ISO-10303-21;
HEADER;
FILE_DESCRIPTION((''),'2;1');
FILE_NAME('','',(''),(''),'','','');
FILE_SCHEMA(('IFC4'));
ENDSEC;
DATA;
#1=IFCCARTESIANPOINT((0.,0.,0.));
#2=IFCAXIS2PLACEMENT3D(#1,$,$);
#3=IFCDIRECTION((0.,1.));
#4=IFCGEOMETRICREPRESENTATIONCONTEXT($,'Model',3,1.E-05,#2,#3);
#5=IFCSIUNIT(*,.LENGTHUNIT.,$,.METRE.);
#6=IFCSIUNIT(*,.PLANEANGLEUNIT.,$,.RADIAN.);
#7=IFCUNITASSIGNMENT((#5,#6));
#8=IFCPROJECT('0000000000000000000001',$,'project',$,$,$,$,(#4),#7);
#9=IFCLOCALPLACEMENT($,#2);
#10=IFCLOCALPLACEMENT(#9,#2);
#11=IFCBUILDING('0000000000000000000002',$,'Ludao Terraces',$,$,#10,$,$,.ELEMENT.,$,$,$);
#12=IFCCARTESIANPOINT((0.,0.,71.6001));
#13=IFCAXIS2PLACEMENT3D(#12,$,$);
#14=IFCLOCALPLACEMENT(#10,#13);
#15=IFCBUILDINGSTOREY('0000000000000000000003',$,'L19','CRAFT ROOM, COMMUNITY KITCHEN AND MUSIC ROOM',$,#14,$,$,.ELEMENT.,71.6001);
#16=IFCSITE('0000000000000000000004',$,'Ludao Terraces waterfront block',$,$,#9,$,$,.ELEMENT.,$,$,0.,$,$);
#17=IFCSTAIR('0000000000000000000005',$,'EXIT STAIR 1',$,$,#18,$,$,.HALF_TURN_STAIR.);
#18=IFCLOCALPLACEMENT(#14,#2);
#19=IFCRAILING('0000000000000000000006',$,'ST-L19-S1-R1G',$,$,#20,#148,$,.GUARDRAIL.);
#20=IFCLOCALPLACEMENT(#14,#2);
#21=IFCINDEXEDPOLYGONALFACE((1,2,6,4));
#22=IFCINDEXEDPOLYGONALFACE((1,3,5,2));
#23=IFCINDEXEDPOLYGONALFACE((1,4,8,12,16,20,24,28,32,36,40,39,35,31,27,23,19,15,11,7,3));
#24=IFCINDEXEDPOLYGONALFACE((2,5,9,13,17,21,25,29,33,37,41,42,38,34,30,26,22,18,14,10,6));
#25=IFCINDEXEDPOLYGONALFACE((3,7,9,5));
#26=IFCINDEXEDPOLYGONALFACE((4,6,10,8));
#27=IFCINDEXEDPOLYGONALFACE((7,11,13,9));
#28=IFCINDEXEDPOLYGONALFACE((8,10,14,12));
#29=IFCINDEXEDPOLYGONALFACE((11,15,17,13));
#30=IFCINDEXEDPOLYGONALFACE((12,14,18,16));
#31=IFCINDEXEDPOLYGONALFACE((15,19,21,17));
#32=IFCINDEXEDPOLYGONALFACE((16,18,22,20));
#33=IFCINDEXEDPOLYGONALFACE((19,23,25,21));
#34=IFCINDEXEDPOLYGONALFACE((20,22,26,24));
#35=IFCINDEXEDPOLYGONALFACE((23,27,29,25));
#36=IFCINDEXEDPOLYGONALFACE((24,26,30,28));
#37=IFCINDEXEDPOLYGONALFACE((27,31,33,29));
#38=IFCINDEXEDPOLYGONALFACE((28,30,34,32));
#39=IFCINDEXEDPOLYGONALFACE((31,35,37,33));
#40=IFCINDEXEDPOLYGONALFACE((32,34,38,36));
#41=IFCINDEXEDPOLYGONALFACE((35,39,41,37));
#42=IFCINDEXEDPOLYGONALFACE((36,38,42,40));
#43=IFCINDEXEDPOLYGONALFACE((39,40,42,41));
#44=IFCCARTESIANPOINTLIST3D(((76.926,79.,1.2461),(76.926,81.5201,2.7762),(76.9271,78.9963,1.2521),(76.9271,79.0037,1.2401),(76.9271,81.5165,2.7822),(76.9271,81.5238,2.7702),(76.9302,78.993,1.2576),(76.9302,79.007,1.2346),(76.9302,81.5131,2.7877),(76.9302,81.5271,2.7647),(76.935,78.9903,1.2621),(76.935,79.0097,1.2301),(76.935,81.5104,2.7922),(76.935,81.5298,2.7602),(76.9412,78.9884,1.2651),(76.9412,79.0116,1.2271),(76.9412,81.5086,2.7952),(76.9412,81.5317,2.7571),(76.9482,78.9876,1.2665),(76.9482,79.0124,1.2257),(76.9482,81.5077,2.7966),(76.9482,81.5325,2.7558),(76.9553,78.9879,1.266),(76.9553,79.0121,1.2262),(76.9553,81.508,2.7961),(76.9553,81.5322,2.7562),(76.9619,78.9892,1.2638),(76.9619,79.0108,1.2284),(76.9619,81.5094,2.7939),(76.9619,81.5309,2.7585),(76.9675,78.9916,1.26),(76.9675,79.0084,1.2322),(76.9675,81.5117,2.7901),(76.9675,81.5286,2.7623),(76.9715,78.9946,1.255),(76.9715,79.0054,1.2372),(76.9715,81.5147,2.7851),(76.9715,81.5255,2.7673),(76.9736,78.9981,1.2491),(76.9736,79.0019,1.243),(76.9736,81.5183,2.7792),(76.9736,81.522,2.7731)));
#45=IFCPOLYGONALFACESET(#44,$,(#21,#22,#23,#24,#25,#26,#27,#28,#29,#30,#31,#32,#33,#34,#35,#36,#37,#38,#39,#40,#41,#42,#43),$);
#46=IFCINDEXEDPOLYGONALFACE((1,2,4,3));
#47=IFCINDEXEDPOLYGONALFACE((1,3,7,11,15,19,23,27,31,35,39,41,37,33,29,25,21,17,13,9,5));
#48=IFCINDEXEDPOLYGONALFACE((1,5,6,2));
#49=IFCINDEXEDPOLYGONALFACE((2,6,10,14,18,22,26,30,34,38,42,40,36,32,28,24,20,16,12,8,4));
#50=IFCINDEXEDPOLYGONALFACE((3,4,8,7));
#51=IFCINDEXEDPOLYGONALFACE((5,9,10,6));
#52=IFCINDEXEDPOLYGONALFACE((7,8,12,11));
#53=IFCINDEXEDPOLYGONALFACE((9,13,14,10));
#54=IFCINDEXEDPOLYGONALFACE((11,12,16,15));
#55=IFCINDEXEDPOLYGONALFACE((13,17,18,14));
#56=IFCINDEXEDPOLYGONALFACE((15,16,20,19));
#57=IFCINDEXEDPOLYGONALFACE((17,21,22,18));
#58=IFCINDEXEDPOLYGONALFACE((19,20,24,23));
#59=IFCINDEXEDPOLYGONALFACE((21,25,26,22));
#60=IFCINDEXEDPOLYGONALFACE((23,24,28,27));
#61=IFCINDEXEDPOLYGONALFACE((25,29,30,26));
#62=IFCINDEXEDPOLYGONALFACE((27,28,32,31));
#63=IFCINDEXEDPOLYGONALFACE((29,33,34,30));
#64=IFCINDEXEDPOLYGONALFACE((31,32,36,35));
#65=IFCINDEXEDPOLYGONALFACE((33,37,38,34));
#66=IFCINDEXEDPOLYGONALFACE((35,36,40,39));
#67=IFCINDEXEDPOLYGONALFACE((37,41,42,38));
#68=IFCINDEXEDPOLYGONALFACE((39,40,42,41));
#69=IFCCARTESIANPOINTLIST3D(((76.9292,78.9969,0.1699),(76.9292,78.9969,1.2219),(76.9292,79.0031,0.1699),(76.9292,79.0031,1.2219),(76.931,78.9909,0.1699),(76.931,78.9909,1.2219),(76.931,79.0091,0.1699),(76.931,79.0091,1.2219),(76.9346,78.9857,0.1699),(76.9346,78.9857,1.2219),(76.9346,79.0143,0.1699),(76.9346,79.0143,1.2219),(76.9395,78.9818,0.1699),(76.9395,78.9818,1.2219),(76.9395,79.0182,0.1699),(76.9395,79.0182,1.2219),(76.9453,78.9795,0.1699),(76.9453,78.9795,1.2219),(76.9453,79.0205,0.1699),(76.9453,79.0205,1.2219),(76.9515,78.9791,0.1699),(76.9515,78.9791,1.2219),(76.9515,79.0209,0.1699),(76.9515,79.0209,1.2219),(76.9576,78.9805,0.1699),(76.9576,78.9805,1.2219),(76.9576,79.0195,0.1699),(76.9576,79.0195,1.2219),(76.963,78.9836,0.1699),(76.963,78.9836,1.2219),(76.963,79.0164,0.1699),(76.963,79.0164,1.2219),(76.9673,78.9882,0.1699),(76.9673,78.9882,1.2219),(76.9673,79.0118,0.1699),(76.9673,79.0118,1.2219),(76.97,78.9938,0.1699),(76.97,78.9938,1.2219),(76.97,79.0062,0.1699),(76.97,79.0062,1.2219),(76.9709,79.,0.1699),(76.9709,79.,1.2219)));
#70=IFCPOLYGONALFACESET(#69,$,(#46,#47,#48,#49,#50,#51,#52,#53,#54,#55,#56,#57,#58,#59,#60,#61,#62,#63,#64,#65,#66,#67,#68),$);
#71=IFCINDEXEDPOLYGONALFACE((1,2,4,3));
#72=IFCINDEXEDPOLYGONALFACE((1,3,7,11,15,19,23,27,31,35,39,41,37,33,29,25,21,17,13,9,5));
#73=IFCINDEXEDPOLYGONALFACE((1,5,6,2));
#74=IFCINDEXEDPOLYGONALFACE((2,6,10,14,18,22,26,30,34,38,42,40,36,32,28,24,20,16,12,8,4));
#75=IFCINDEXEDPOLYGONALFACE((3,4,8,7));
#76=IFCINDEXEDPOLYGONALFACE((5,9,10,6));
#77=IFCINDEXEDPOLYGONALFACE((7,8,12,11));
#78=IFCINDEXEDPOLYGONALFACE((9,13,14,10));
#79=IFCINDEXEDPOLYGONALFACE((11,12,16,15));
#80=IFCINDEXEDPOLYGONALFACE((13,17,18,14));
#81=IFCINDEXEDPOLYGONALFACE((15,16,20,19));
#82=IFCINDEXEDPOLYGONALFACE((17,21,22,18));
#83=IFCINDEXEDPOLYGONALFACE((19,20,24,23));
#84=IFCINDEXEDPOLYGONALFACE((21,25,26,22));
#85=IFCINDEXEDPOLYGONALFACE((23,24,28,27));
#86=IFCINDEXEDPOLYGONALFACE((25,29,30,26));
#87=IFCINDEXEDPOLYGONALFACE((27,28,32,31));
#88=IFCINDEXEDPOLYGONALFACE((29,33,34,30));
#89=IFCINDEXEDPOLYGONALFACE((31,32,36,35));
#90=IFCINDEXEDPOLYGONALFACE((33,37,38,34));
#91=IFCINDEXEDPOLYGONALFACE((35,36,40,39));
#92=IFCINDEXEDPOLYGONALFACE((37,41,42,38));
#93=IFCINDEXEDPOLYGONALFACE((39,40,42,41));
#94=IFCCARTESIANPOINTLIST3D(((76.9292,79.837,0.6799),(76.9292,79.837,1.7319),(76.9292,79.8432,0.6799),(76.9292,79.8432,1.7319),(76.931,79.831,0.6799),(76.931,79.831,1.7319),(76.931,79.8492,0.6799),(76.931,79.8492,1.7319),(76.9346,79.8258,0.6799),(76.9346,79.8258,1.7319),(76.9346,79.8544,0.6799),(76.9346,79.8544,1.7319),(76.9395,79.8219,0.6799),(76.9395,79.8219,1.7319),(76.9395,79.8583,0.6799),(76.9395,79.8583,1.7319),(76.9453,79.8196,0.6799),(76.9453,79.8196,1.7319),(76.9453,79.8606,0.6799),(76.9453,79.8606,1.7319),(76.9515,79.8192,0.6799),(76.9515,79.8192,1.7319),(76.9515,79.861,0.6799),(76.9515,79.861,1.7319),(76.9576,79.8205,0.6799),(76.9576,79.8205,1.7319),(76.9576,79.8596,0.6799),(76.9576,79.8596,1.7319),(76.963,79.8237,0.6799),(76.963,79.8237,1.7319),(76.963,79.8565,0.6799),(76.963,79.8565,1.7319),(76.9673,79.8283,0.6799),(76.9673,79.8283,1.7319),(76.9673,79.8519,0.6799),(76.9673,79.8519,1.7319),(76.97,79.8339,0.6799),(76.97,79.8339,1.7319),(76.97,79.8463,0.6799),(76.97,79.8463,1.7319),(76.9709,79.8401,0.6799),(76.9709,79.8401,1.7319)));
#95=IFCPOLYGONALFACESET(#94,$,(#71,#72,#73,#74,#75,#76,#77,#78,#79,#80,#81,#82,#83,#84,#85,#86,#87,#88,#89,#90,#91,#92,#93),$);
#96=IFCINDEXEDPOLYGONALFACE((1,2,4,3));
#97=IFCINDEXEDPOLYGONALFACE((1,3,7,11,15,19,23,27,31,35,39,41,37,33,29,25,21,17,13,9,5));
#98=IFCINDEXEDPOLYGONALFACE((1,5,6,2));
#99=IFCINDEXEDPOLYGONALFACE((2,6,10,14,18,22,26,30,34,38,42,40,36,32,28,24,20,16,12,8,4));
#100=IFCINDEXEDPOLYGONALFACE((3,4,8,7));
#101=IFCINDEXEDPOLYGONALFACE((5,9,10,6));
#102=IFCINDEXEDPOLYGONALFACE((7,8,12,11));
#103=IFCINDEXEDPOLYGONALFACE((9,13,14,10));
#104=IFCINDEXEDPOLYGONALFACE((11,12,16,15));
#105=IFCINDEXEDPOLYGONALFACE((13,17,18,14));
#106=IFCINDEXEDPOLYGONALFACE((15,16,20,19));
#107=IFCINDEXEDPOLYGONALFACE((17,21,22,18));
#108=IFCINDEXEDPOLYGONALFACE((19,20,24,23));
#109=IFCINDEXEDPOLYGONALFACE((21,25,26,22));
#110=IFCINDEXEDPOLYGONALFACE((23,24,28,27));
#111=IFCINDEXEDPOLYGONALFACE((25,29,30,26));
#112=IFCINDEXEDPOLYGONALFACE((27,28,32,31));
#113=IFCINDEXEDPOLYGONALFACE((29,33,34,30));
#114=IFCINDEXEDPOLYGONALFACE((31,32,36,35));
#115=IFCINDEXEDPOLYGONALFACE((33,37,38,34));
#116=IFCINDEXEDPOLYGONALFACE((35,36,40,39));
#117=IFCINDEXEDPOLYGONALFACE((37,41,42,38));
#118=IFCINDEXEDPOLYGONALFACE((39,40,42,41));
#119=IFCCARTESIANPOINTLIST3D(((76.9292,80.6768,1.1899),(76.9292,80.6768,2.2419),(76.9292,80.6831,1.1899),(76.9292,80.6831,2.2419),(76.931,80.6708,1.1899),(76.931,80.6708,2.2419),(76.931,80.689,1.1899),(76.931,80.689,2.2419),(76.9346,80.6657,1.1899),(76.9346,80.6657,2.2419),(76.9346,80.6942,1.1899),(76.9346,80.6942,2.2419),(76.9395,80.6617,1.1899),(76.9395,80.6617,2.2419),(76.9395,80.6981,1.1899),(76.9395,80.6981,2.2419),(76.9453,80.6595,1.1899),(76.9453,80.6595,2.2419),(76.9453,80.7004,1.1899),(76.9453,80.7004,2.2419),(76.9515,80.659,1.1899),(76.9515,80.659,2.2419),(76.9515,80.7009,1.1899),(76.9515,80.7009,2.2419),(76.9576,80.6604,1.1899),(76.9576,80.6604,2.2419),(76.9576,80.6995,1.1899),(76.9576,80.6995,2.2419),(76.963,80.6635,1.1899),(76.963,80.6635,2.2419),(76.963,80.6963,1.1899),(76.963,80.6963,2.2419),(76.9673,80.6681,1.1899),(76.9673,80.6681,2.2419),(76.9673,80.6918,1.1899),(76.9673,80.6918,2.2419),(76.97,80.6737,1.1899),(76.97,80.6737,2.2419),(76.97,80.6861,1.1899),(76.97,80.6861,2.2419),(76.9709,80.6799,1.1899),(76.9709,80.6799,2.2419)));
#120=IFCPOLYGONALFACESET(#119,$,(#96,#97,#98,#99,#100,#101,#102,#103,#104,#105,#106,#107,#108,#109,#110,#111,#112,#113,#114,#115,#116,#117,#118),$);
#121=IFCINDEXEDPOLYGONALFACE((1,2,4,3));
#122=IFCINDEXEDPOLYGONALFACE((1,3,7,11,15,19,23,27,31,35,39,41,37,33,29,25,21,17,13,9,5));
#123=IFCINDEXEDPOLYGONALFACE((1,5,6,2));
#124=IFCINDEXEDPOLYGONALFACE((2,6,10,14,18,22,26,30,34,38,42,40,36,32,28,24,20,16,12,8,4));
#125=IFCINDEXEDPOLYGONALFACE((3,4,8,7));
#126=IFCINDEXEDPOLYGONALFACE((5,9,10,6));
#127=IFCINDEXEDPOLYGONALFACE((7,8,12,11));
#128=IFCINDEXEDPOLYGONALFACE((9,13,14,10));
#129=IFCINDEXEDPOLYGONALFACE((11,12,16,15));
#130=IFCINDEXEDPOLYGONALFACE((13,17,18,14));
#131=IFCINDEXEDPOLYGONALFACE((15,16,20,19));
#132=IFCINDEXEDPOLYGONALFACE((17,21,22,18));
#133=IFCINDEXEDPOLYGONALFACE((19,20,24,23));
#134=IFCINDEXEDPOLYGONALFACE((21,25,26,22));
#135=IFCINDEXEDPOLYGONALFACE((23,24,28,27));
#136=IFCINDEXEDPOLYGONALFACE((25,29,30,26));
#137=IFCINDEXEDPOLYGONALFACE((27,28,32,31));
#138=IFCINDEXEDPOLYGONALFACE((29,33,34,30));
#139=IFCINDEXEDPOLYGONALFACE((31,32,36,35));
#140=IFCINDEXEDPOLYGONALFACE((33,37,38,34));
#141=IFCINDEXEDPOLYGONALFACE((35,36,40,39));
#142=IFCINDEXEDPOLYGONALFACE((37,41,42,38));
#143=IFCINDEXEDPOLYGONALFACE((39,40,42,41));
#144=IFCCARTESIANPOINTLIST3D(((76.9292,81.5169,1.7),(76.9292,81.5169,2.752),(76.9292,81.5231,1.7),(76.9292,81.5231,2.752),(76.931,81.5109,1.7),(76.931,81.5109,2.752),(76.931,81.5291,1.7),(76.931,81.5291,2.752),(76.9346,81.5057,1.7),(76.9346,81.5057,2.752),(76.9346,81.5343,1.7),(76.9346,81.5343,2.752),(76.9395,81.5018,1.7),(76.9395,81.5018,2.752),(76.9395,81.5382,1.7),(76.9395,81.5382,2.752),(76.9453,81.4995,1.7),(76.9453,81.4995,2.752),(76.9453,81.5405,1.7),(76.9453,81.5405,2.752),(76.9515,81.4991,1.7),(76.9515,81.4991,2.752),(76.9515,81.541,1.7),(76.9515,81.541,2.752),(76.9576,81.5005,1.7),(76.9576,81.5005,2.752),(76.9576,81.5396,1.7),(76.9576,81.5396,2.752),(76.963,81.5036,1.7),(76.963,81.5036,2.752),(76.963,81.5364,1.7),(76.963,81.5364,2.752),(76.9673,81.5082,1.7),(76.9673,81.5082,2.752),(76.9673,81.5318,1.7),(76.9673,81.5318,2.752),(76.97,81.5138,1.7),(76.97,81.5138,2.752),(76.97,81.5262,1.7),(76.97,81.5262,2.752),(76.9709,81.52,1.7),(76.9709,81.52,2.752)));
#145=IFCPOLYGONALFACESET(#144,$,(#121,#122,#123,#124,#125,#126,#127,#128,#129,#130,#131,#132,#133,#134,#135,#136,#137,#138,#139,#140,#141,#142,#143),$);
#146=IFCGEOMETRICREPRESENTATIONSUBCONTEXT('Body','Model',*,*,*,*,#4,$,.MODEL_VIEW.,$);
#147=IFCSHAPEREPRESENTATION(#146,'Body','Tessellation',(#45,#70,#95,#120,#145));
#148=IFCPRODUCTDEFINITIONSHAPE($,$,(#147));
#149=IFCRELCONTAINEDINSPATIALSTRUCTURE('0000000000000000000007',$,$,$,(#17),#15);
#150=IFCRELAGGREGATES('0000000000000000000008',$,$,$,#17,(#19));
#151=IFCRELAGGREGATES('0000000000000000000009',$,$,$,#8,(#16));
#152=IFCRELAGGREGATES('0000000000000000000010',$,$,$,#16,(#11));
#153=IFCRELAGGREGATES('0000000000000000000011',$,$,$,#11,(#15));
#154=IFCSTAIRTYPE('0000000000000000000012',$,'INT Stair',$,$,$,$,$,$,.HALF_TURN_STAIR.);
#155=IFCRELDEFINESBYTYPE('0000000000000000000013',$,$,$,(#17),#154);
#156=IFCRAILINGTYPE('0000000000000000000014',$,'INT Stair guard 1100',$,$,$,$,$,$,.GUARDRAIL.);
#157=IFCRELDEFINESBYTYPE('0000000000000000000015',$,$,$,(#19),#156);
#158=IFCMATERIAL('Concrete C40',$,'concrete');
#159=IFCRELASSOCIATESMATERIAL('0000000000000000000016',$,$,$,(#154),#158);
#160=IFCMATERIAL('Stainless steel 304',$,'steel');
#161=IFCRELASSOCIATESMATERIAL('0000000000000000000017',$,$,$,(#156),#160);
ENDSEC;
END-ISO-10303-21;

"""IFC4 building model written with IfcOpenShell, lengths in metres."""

from ifc_helpers import new_model, si_unit, direction, frame, origin, origin_2d, place, context, subcontext, project, spatial, circle, extrude, material, type_object, element, aggregate, save


model = new_model("IFC4")

# Units and contexts
model_context = context("Model", 3, precision=1e-05, world=origin(), true_north=direction((0.0, 1.0)))
body_context = subcontext(model_context, "Body", "Model", "MODEL_VIEW")
ifc_project = project(units=[si_unit("LENGTHUNIT", "METRE"), si_unit("PLANEANGLEUNIT", "RADIAN")], contexts=[model_context])

# Site, building, storey
site_placement = place(None, origin())
site = spatial("IfcSite", under=ifc_project, at=site_placement, Name="Ludao Terraces waterfront block", CompositionType="ELEMENT", RefElevation=0.0)
building_placement = place(site_placement, origin())
building = spatial("IfcBuilding", under=site, at=building_placement, Name="Ludao Terraces", CompositionType="ELEMENT")
storey_placement = place(building_placement, frame((0.0, 0.0, 71.6001)))
storey = spatial("IfcBuildingStorey", under=building, at=storey_placement, Name="L19", Description="CRAFT ROOM, COMMUNITY KITCHEN AND MUSIC ROOM", CompositionType="ELEMENT", Elevation=71.6001)

# Shared definitions
ifc_material_1 = material(Name="Concrete C40", Category="concrete")

# Stair, railing
stair_type = type_object("IfcStairType", Name="INT Stair", PredefinedType="HALF_TURN_STAIR", material=ifc_material_1)
stair_placement = place(storey_placement, origin())
stair = element("IfcStair", 1, at=stair_placement, inside=storey, type_object=stair_type, Name="EXIT STAIR 1", PredefinedType="HALF_TURN_STAIR")
ifc_material_2 = material(Name="Stainless steel 304", Category="steel")
railing_type_1 = type_object("IfcRailingType", Name="INT Stair guard 1100", PredefinedType="GUARDRAIL", material=ifc_material_2)
railing_1_placement = place(storey_placement, frame((76.95, 79.0, 0.1699)))
railing_1 = element("IfcRailing", 2, at=railing_1_placement, type_object=railing_type_1, Name="ST-L19-S1-R1G", PredefinedType="GUARDRAIL", context=body_context, shape_type="SweptSolid", body=[
    extrude(circle(Radius=0.0239, at=origin_2d()), frame((0.0, 0.0, 1.0762), z_axis=(0.0, 0.854785, 0.518982), x_axis=(-1.0, 0.0, 0.0)), (0.0, 0.0, 1.0), 2.9482),
    extrude(circle(Radius=0.021, at=origin_2d()), origin(), (0.0, 0.0, 1.0), 1.052),
    extrude(circle(Radius=0.021, at=origin_2d()), frame((0.0, 0.8401, 0.51)), (0.0, 0.0, 1.0), 1.052),
    extrude(circle(Radius=0.021, at=origin_2d()), frame((0.0, 1.6799, 1.02)), (0.0, 0.0, 1.0), 1.052),
    extrude(circle(Radius=0.021, at=origin_2d()), frame((0.0, 2.52, 1.53)), (0.0, 0.0, 1.0), 1.052),
])
aggregate(stair, [railing_1])

save(model, "model.ifc")
